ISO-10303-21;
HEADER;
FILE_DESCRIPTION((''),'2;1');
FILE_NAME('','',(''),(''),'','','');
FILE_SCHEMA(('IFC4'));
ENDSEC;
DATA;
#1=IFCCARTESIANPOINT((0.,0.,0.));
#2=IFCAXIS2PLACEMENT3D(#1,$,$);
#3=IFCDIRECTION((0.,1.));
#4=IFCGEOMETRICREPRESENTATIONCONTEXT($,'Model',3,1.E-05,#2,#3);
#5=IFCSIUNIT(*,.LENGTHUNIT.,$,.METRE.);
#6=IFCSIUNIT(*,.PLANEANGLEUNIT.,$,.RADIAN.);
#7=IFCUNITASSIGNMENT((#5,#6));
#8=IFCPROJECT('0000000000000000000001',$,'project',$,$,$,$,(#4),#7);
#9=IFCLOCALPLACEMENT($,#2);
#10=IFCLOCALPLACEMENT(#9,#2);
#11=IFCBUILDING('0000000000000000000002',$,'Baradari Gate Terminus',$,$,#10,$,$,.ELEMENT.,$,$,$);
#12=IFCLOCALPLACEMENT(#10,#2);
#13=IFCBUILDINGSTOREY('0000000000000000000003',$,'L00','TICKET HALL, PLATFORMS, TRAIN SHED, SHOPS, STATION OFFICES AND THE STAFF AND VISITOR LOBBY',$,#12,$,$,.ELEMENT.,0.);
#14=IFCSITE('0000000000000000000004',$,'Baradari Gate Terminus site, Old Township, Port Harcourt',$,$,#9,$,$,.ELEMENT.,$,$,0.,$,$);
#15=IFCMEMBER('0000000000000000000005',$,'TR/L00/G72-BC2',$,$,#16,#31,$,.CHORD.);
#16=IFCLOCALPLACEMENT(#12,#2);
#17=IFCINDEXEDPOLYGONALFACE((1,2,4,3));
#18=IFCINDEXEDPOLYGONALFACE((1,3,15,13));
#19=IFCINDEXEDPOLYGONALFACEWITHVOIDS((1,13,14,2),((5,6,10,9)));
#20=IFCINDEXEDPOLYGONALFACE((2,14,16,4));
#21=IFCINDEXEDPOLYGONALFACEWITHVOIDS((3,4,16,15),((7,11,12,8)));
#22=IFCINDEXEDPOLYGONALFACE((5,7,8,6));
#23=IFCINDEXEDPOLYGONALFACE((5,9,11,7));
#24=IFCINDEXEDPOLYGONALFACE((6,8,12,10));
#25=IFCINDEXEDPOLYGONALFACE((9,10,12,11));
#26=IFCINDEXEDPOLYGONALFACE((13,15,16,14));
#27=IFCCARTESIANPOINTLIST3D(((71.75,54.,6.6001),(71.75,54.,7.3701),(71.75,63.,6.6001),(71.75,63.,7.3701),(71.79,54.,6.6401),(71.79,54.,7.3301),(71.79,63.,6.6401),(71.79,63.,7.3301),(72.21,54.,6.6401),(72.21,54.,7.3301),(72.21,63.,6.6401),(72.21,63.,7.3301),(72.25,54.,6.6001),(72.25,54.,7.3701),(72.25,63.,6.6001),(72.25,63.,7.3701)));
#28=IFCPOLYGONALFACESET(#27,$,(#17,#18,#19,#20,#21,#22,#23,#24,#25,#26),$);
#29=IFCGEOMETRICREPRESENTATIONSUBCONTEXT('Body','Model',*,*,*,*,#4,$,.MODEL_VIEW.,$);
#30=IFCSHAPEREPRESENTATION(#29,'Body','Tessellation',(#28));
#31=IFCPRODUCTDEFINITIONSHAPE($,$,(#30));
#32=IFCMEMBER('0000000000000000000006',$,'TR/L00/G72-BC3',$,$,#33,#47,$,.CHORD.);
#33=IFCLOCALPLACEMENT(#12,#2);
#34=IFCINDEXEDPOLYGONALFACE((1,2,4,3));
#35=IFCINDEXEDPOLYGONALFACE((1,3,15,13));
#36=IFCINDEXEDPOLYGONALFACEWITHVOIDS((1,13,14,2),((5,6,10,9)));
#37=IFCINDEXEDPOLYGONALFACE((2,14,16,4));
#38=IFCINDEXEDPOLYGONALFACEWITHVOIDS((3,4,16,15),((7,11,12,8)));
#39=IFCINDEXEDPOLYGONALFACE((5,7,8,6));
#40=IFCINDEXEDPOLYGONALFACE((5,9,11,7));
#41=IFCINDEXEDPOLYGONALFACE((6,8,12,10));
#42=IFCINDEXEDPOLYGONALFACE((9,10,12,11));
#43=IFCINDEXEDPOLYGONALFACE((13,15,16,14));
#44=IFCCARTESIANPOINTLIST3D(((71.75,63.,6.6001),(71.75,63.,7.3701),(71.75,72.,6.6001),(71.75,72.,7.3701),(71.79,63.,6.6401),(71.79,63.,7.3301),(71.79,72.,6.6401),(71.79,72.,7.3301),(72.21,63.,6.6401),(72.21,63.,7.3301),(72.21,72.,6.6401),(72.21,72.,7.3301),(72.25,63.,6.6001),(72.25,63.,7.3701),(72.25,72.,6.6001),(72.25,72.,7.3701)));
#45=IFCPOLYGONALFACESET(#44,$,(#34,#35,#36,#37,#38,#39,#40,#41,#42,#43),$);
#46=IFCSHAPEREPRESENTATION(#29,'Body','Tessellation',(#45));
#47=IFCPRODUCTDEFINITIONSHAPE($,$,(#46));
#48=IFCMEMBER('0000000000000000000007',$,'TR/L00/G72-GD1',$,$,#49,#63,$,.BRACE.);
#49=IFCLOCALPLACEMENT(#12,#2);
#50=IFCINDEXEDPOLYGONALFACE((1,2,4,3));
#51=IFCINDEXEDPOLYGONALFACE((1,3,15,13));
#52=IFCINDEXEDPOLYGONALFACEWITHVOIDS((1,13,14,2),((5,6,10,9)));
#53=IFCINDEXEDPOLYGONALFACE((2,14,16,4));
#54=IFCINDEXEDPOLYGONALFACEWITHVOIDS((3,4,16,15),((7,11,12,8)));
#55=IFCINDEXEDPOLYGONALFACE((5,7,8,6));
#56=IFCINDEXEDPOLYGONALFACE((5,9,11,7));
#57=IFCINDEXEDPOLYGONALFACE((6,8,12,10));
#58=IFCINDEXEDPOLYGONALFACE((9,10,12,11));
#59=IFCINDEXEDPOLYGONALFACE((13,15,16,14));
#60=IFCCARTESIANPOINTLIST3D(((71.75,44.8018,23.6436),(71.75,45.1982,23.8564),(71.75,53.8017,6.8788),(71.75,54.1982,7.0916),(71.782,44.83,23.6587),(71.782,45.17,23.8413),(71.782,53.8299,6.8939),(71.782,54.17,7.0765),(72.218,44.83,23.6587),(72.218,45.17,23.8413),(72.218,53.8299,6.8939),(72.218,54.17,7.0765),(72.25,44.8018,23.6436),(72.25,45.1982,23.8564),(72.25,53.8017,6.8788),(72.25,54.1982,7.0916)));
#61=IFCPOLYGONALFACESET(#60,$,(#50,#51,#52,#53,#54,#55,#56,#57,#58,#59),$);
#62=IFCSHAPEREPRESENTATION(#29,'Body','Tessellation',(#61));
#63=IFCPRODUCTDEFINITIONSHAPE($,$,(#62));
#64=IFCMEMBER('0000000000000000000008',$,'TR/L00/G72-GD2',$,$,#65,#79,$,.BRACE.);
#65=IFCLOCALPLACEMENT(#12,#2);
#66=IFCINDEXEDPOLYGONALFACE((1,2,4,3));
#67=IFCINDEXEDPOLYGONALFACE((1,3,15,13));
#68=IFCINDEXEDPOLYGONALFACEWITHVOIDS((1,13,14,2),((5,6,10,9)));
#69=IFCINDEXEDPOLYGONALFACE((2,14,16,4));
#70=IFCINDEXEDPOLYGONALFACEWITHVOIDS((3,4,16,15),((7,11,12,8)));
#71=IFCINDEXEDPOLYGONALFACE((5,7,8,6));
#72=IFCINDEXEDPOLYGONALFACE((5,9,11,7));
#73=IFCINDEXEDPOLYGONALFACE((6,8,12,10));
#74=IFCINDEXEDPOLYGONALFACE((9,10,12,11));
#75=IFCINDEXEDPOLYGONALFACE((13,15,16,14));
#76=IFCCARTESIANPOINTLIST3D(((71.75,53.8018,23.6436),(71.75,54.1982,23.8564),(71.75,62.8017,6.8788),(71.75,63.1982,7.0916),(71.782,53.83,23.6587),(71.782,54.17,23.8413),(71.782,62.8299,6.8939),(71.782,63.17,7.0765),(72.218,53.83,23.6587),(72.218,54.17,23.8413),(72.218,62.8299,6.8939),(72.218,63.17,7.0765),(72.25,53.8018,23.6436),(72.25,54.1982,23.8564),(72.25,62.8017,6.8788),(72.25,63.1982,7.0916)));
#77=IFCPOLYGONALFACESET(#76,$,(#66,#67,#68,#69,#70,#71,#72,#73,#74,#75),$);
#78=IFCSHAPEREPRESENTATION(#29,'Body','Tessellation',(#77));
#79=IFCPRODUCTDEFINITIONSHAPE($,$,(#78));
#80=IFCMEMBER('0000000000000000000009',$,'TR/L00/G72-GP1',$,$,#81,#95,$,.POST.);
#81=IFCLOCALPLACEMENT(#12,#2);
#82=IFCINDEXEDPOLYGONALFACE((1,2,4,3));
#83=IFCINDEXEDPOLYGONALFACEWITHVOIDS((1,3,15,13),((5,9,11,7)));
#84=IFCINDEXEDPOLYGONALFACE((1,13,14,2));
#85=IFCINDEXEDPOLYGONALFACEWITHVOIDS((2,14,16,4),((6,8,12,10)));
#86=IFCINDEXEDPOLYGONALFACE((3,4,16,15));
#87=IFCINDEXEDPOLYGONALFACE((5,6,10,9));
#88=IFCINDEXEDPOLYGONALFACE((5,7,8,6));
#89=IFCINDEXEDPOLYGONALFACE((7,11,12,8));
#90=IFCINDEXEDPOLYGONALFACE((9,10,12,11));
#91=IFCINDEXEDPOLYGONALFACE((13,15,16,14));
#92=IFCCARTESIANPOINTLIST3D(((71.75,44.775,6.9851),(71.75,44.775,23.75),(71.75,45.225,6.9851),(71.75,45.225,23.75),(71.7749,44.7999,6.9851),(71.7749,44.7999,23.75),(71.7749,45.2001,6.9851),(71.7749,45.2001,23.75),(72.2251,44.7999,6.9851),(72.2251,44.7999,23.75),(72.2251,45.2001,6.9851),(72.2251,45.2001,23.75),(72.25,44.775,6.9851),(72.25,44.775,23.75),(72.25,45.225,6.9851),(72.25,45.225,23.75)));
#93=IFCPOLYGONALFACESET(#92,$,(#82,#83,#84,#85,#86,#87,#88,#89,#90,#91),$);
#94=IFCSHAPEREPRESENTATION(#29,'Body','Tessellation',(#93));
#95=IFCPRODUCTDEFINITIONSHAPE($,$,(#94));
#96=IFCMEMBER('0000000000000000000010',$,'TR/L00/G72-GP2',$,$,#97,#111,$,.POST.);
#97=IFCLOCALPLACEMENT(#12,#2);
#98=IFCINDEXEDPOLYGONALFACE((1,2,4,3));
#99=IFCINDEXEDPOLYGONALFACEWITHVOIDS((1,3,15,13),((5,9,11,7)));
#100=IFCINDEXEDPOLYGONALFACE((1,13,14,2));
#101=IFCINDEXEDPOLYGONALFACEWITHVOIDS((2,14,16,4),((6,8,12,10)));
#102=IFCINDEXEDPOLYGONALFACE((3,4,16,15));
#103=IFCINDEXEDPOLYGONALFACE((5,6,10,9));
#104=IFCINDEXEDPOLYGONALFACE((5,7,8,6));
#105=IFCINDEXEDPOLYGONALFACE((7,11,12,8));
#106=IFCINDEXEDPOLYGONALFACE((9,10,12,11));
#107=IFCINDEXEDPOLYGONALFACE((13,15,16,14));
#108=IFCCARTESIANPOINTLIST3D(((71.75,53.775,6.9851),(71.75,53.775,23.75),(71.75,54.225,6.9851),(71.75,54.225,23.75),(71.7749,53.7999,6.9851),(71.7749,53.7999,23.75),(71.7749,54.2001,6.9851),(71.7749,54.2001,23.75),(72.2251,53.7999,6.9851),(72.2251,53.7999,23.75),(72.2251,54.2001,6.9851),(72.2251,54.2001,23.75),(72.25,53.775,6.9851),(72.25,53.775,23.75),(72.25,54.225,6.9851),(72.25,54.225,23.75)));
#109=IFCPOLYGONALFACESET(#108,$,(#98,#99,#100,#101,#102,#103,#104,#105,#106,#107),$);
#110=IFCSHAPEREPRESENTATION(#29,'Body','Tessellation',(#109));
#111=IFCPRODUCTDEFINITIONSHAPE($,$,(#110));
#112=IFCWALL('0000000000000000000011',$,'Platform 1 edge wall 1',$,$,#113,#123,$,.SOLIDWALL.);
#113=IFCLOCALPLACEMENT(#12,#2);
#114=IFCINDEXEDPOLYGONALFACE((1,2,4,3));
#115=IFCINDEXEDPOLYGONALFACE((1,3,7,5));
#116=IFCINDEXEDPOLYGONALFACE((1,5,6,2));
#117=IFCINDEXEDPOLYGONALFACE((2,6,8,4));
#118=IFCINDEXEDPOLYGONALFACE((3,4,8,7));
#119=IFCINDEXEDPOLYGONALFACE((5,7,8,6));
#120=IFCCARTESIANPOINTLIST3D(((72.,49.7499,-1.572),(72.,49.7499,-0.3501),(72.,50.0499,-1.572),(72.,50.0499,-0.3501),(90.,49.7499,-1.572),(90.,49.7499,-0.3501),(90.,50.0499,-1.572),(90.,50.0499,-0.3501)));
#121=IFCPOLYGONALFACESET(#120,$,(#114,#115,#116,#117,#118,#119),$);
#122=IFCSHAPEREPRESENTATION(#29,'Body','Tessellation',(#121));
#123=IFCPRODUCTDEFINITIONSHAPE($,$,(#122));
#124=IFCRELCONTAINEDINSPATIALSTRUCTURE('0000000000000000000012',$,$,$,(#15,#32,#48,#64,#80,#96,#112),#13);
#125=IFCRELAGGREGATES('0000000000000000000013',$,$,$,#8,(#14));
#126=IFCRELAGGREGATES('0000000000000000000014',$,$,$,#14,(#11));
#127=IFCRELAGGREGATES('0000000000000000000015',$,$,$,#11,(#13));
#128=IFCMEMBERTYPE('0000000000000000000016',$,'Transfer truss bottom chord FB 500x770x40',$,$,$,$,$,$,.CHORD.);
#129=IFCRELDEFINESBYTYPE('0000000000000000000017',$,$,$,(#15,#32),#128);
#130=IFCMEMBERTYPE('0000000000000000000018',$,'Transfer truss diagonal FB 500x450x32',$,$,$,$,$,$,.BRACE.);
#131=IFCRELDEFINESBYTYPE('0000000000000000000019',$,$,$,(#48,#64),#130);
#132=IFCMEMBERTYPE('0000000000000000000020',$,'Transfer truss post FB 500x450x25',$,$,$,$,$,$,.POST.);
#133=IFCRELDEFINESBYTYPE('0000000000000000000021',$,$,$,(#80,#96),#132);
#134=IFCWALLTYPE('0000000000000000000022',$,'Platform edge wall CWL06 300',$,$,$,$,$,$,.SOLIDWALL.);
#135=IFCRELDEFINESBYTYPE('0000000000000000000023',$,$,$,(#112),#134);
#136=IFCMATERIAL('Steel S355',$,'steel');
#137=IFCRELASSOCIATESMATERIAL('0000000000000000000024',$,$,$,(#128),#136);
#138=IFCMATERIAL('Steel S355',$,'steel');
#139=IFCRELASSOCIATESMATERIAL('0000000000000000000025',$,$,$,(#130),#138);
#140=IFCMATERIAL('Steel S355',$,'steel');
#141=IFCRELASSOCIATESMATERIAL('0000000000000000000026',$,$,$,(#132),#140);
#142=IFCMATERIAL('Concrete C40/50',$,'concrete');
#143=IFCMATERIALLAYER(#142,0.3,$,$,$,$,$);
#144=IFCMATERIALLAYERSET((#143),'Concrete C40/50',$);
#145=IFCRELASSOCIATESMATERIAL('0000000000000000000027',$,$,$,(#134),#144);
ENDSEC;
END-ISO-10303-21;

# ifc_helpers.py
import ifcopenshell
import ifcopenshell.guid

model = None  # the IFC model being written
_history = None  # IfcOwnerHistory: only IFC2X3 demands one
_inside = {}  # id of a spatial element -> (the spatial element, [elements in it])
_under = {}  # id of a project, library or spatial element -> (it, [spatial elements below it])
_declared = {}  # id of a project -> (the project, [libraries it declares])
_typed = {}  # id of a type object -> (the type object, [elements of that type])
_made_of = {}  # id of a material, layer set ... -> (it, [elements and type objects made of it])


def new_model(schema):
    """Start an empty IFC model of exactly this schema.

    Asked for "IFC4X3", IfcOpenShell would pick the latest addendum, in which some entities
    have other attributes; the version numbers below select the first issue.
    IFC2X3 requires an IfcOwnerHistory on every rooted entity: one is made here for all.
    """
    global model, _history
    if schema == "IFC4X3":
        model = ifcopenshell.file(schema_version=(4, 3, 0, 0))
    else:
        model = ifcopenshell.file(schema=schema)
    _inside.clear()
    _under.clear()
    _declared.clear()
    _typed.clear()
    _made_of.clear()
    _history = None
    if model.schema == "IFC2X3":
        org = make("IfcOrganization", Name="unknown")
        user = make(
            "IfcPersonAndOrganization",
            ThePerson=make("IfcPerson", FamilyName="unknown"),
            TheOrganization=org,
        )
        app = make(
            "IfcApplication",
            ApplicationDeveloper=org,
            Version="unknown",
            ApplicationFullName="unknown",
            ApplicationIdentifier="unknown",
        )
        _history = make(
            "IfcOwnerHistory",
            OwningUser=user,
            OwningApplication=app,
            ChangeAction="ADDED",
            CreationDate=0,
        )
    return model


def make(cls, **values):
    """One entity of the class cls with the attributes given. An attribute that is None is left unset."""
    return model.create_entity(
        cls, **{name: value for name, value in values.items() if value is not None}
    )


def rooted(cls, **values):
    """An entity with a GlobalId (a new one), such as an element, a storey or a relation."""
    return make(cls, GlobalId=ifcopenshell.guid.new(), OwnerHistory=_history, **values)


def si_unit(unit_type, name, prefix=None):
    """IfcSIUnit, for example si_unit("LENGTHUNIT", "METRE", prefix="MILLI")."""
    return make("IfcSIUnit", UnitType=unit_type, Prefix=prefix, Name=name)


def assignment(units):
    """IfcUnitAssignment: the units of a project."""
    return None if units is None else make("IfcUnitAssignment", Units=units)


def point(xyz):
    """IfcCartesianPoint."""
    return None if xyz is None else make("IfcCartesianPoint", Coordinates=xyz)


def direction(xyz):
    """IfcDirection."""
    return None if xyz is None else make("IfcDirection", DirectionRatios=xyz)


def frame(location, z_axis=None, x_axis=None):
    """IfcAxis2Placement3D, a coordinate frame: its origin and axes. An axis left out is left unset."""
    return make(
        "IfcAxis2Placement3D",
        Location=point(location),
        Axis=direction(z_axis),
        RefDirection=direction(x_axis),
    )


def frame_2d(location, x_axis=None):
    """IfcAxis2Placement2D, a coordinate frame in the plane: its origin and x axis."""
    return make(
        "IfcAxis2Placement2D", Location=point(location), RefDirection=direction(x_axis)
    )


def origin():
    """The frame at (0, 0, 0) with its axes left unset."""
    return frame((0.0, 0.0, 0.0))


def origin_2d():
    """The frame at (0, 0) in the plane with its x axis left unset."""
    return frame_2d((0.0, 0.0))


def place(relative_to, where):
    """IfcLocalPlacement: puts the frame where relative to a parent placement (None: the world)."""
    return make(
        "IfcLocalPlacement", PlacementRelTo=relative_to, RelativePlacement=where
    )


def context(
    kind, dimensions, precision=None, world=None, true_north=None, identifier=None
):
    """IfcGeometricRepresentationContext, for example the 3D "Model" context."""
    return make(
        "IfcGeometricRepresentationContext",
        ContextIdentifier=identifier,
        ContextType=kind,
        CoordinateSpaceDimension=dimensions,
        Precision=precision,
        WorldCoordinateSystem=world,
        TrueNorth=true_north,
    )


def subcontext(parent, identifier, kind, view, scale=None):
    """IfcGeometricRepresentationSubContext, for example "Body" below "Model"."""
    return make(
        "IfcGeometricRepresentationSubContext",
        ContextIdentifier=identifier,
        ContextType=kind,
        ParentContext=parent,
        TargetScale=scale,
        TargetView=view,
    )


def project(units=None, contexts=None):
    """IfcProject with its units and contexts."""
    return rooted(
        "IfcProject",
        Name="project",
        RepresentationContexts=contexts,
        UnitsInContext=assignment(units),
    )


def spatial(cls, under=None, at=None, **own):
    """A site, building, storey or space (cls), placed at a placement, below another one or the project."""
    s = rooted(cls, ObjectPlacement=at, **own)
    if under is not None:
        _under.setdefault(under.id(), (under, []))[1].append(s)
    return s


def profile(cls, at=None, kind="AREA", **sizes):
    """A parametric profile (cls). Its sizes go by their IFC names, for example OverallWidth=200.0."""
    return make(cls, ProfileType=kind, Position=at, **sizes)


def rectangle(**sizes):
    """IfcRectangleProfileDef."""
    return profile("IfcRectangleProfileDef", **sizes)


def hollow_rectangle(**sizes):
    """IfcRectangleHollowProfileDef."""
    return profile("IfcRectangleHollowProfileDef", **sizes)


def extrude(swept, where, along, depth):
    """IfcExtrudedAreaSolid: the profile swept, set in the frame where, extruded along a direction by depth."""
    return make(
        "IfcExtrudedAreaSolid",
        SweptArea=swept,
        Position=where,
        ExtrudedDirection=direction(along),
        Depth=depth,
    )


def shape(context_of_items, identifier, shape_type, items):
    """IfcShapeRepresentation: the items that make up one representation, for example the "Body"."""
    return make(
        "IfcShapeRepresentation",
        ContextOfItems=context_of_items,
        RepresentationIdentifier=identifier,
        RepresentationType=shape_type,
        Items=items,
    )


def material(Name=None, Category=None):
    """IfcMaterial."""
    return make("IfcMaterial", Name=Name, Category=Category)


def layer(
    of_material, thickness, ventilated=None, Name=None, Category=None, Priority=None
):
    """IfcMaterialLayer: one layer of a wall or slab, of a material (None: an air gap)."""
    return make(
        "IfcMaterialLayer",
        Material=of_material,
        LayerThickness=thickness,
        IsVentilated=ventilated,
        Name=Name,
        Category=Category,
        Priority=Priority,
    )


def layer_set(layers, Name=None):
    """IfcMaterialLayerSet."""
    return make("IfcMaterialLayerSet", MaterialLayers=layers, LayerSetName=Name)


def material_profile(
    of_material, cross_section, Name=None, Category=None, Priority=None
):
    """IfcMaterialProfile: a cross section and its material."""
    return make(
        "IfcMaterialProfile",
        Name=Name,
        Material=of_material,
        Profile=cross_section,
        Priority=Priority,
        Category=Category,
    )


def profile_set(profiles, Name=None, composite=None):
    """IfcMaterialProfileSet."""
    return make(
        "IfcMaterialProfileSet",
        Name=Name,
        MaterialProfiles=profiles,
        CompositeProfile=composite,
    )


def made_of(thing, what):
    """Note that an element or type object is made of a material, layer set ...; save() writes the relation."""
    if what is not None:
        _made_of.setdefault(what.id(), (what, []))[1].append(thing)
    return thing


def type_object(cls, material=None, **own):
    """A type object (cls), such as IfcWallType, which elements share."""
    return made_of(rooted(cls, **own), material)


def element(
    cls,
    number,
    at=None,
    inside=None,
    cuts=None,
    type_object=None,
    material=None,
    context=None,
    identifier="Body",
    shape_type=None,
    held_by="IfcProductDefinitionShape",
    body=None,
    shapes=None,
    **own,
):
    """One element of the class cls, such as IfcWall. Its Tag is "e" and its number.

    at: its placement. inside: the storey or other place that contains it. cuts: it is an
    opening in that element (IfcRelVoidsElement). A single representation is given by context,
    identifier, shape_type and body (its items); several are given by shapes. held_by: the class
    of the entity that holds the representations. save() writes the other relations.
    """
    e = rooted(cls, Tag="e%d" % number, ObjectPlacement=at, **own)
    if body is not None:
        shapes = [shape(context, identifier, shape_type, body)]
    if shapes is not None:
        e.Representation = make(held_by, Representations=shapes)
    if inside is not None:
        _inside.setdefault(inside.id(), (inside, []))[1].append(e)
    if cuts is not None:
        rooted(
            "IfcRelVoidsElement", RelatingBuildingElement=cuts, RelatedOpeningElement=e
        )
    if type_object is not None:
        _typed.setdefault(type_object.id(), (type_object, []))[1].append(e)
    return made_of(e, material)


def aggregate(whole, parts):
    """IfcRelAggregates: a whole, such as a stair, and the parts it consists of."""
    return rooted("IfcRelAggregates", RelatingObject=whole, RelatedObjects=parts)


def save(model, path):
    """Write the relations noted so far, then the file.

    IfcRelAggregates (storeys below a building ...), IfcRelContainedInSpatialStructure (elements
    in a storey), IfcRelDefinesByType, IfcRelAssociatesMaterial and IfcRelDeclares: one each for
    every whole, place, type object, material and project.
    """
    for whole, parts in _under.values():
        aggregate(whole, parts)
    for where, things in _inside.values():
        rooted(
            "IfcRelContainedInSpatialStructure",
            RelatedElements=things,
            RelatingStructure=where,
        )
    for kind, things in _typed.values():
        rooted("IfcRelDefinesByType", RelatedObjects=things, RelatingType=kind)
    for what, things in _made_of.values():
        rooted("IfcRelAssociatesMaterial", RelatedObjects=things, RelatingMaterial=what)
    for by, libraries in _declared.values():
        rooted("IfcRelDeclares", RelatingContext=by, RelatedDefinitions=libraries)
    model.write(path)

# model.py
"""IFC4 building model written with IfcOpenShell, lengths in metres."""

from ifc_helpers import new_model, si_unit, direction, frame, frame_2d, origin, origin_2d, place, context, subcontext, project, spatial, rectangle, hollow_rectangle, extrude, material, layer, layer_set, material_profile, profile_set, type_object, element, save


model = new_model("IFC4")

# Units and contexts
model_context = context("Model", 3, precision=1e-05, world=origin(), true_north=direction((0.0, 1.0)))
body_context = subcontext(model_context, "Body", "Model", "MODEL_VIEW")
ifc_project = project(units=[si_unit("LENGTHUNIT", "METRE"), si_unit("PLANEANGLEUNIT", "RADIAN")], contexts=[model_context])

# Site, building, storey
site_placement = place(None, origin())
site = spatial("IfcSite", under=ifc_project, at=site_placement, Name="Baradari Gate Terminus site, Old Township, Port Harcourt", CompositionType="ELEMENT", RefElevation=0.0)
building_placement = place(site_placement, origin())
building = spatial("IfcBuilding", under=site, at=building_placement, Name="Baradari Gate Terminus", CompositionType="ELEMENT")
storey_placement = place(building_placement, origin())
storey = spatial("IfcBuildingStorey", under=building, at=storey_placement, Name="L00", Description="TICKET HALL, PLATFORMS, TRAIN SHED, SHOPS, STATION OFFICES AND THE STAFF AND VISITOR LOBBY", CompositionType="ELEMENT", Elevation=0.0)

# Members
ifc_material_1 = material(Name="Steel S355", Category="steel")
ifc_material_profile_1 = material_profile(ifc_material_1, hollow_rectangle(XDim=0.5, YDim=0.77, WallThickness=0.04, at=origin_2d()), Name="FB 500x770x40")
ifc_profile_set_1 = profile_set([ifc_material_profile_1], Name="Steel S355")
member_type_1 = type_object("IfcMemberType", Name="Transfer truss bottom chord FB 500x770x40", PredefinedType="CHORD", material=ifc_profile_set_1)
for number, where, z_axis, x_axis, name in (
    (1, (72.0, 54.0, 6.9851), (0.0, 1.0, 0.0), (-1.0, 0.0, 0.0), "TR/L00/G72-BC2"),
    (2, (72.0, 63.0, 6.9851), (0.0, 1.0, 0.0), (-1.0, 0.0, 0.0), "TR/L00/G72-BC3"),
):
    element("IfcMember", number, at=place(storey_placement, frame(where, z_axis=z_axis, x_axis=x_axis)), inside=storey, type_object=member_type_1, Name=name, PredefinedType="CHORD", context=body_context, shape_type="SweptSolid", body=[
        extrude(hollow_rectangle(XDim=0.5, YDim=0.77, WallThickness=0.04, at=origin_2d()), origin(), (0.0, 0.0, 1.0), 9.0),
    ])
ifc_material_2 = material(Name="Steel S355", Category="steel")
ifc_material_profile_2 = material_profile(ifc_material_2, hollow_rectangle(XDim=0.5, YDim=0.45, WallThickness=0.032, at=origin_2d()), Name="FB 500x450x32")
ifc_profile_set_2 = profile_set([ifc_material_profile_2], Name="Steel S355")
member_type_2 = type_object("IfcMemberType", Name="Transfer truss diagonal FB 500x450x32", PredefinedType="BRACE", material=ifc_profile_set_2)
for number, where, z_axis, x_axis, name in (
    (3, (72.0, 45.0, 23.75), (0.0, 0.472989, -0.881068), (-1.0, 0.0, 0.0), "TR/L00/G72-GD1"),
    (4, (72.0, 54.0, 23.75), (0.0, 0.472989, -0.881068), (-1.0, 0.0, 0.0), "TR/L00/G72-GD2"),
):
    element("IfcMember", number, at=place(storey_placement, frame(where, z_axis=z_axis, x_axis=x_axis)), inside=storey, type_object=member_type_2, Name=name, PredefinedType="BRACE", context=body_context, shape_type="SweptSolid", body=[
        extrude(hollow_rectangle(XDim=0.5, YDim=0.45, WallThickness=0.032, at=origin_2d()), origin(), (0.0, 0.0, 1.0), 19.0278),
    ])
ifc_material_3 = material(Name="Steel S355", Category="steel")
ifc_material_profile_3 = material_profile(ifc_material_3, hollow_rectangle(XDim=0.5, YDim=0.45, WallThickness=0.0249, at=origin_2d()), Name="FB 500x450x25")
ifc_profile_set_3 = profile_set([ifc_material_profile_3], Name="Steel S355")
member_type_3 = type_object("IfcMemberType", Name="Transfer truss post FB 500x450x25", PredefinedType="POST", material=ifc_profile_set_3)
for number, where, z_axis, x_axis, name in (
    (5, (72.0, 45.0, 6.9851), (0.0, 0.0, 1.0), (1.0, 0.0, 0.0), "TR/L00/G72-GP1"),
    (6, (72.0, 54.0, 6.9851), (0.0, 0.0, 1.0), (1.0, 0.0, 0.0), "TR/L00/G72-GP2"),
):
    element("IfcMember", number, at=place(storey_placement, frame(where, z_axis=z_axis, x_axis=x_axis)), inside=storey, type_object=member_type_3, Name=name, PredefinedType="POST", context=body_context, shape_type="SweptSolid", body=[
        extrude(hollow_rectangle(XDim=0.5, YDim=0.45, WallThickness=0.0249, at=origin_2d()), origin(), (0.0, 0.0, 1.0), 16.7649),
    ])

# Wall
ifc_material_4 = material(Name="Concrete C40/50", Category="concrete")
ifc_layer = layer(ifc_material_4, 0.3)
ifc_layer_set = layer_set([ifc_layer], Name="Concrete C40/50")
wall_type = type_object("IfcWallType", Name="Platform edge wall CWL06 300", PredefinedType="SOLIDWALL", material=ifc_layer_set)
wall_placement = place(storey_placement, frame((72.0, 49.8999, -1.572), z_axis=(0.0, 0.0, 1.0), x_axis=(1.0, 0.0, 0.0)))
element("IfcWall", 7, at=wall_placement, inside=storey, type_object=wall_type, Name="Platform 1 edge wall 1", PredefinedType="SOLIDWALL", context=body_context, shape_type="SweptSolid", body=[
    extrude(rectangle(XDim=18.0, YDim=0.3, at=frame_2d((9.0, 0.0))), origin(), (0.0, 0.0, 1.0), 1.2219),
])

save(model, "model.ifc")
